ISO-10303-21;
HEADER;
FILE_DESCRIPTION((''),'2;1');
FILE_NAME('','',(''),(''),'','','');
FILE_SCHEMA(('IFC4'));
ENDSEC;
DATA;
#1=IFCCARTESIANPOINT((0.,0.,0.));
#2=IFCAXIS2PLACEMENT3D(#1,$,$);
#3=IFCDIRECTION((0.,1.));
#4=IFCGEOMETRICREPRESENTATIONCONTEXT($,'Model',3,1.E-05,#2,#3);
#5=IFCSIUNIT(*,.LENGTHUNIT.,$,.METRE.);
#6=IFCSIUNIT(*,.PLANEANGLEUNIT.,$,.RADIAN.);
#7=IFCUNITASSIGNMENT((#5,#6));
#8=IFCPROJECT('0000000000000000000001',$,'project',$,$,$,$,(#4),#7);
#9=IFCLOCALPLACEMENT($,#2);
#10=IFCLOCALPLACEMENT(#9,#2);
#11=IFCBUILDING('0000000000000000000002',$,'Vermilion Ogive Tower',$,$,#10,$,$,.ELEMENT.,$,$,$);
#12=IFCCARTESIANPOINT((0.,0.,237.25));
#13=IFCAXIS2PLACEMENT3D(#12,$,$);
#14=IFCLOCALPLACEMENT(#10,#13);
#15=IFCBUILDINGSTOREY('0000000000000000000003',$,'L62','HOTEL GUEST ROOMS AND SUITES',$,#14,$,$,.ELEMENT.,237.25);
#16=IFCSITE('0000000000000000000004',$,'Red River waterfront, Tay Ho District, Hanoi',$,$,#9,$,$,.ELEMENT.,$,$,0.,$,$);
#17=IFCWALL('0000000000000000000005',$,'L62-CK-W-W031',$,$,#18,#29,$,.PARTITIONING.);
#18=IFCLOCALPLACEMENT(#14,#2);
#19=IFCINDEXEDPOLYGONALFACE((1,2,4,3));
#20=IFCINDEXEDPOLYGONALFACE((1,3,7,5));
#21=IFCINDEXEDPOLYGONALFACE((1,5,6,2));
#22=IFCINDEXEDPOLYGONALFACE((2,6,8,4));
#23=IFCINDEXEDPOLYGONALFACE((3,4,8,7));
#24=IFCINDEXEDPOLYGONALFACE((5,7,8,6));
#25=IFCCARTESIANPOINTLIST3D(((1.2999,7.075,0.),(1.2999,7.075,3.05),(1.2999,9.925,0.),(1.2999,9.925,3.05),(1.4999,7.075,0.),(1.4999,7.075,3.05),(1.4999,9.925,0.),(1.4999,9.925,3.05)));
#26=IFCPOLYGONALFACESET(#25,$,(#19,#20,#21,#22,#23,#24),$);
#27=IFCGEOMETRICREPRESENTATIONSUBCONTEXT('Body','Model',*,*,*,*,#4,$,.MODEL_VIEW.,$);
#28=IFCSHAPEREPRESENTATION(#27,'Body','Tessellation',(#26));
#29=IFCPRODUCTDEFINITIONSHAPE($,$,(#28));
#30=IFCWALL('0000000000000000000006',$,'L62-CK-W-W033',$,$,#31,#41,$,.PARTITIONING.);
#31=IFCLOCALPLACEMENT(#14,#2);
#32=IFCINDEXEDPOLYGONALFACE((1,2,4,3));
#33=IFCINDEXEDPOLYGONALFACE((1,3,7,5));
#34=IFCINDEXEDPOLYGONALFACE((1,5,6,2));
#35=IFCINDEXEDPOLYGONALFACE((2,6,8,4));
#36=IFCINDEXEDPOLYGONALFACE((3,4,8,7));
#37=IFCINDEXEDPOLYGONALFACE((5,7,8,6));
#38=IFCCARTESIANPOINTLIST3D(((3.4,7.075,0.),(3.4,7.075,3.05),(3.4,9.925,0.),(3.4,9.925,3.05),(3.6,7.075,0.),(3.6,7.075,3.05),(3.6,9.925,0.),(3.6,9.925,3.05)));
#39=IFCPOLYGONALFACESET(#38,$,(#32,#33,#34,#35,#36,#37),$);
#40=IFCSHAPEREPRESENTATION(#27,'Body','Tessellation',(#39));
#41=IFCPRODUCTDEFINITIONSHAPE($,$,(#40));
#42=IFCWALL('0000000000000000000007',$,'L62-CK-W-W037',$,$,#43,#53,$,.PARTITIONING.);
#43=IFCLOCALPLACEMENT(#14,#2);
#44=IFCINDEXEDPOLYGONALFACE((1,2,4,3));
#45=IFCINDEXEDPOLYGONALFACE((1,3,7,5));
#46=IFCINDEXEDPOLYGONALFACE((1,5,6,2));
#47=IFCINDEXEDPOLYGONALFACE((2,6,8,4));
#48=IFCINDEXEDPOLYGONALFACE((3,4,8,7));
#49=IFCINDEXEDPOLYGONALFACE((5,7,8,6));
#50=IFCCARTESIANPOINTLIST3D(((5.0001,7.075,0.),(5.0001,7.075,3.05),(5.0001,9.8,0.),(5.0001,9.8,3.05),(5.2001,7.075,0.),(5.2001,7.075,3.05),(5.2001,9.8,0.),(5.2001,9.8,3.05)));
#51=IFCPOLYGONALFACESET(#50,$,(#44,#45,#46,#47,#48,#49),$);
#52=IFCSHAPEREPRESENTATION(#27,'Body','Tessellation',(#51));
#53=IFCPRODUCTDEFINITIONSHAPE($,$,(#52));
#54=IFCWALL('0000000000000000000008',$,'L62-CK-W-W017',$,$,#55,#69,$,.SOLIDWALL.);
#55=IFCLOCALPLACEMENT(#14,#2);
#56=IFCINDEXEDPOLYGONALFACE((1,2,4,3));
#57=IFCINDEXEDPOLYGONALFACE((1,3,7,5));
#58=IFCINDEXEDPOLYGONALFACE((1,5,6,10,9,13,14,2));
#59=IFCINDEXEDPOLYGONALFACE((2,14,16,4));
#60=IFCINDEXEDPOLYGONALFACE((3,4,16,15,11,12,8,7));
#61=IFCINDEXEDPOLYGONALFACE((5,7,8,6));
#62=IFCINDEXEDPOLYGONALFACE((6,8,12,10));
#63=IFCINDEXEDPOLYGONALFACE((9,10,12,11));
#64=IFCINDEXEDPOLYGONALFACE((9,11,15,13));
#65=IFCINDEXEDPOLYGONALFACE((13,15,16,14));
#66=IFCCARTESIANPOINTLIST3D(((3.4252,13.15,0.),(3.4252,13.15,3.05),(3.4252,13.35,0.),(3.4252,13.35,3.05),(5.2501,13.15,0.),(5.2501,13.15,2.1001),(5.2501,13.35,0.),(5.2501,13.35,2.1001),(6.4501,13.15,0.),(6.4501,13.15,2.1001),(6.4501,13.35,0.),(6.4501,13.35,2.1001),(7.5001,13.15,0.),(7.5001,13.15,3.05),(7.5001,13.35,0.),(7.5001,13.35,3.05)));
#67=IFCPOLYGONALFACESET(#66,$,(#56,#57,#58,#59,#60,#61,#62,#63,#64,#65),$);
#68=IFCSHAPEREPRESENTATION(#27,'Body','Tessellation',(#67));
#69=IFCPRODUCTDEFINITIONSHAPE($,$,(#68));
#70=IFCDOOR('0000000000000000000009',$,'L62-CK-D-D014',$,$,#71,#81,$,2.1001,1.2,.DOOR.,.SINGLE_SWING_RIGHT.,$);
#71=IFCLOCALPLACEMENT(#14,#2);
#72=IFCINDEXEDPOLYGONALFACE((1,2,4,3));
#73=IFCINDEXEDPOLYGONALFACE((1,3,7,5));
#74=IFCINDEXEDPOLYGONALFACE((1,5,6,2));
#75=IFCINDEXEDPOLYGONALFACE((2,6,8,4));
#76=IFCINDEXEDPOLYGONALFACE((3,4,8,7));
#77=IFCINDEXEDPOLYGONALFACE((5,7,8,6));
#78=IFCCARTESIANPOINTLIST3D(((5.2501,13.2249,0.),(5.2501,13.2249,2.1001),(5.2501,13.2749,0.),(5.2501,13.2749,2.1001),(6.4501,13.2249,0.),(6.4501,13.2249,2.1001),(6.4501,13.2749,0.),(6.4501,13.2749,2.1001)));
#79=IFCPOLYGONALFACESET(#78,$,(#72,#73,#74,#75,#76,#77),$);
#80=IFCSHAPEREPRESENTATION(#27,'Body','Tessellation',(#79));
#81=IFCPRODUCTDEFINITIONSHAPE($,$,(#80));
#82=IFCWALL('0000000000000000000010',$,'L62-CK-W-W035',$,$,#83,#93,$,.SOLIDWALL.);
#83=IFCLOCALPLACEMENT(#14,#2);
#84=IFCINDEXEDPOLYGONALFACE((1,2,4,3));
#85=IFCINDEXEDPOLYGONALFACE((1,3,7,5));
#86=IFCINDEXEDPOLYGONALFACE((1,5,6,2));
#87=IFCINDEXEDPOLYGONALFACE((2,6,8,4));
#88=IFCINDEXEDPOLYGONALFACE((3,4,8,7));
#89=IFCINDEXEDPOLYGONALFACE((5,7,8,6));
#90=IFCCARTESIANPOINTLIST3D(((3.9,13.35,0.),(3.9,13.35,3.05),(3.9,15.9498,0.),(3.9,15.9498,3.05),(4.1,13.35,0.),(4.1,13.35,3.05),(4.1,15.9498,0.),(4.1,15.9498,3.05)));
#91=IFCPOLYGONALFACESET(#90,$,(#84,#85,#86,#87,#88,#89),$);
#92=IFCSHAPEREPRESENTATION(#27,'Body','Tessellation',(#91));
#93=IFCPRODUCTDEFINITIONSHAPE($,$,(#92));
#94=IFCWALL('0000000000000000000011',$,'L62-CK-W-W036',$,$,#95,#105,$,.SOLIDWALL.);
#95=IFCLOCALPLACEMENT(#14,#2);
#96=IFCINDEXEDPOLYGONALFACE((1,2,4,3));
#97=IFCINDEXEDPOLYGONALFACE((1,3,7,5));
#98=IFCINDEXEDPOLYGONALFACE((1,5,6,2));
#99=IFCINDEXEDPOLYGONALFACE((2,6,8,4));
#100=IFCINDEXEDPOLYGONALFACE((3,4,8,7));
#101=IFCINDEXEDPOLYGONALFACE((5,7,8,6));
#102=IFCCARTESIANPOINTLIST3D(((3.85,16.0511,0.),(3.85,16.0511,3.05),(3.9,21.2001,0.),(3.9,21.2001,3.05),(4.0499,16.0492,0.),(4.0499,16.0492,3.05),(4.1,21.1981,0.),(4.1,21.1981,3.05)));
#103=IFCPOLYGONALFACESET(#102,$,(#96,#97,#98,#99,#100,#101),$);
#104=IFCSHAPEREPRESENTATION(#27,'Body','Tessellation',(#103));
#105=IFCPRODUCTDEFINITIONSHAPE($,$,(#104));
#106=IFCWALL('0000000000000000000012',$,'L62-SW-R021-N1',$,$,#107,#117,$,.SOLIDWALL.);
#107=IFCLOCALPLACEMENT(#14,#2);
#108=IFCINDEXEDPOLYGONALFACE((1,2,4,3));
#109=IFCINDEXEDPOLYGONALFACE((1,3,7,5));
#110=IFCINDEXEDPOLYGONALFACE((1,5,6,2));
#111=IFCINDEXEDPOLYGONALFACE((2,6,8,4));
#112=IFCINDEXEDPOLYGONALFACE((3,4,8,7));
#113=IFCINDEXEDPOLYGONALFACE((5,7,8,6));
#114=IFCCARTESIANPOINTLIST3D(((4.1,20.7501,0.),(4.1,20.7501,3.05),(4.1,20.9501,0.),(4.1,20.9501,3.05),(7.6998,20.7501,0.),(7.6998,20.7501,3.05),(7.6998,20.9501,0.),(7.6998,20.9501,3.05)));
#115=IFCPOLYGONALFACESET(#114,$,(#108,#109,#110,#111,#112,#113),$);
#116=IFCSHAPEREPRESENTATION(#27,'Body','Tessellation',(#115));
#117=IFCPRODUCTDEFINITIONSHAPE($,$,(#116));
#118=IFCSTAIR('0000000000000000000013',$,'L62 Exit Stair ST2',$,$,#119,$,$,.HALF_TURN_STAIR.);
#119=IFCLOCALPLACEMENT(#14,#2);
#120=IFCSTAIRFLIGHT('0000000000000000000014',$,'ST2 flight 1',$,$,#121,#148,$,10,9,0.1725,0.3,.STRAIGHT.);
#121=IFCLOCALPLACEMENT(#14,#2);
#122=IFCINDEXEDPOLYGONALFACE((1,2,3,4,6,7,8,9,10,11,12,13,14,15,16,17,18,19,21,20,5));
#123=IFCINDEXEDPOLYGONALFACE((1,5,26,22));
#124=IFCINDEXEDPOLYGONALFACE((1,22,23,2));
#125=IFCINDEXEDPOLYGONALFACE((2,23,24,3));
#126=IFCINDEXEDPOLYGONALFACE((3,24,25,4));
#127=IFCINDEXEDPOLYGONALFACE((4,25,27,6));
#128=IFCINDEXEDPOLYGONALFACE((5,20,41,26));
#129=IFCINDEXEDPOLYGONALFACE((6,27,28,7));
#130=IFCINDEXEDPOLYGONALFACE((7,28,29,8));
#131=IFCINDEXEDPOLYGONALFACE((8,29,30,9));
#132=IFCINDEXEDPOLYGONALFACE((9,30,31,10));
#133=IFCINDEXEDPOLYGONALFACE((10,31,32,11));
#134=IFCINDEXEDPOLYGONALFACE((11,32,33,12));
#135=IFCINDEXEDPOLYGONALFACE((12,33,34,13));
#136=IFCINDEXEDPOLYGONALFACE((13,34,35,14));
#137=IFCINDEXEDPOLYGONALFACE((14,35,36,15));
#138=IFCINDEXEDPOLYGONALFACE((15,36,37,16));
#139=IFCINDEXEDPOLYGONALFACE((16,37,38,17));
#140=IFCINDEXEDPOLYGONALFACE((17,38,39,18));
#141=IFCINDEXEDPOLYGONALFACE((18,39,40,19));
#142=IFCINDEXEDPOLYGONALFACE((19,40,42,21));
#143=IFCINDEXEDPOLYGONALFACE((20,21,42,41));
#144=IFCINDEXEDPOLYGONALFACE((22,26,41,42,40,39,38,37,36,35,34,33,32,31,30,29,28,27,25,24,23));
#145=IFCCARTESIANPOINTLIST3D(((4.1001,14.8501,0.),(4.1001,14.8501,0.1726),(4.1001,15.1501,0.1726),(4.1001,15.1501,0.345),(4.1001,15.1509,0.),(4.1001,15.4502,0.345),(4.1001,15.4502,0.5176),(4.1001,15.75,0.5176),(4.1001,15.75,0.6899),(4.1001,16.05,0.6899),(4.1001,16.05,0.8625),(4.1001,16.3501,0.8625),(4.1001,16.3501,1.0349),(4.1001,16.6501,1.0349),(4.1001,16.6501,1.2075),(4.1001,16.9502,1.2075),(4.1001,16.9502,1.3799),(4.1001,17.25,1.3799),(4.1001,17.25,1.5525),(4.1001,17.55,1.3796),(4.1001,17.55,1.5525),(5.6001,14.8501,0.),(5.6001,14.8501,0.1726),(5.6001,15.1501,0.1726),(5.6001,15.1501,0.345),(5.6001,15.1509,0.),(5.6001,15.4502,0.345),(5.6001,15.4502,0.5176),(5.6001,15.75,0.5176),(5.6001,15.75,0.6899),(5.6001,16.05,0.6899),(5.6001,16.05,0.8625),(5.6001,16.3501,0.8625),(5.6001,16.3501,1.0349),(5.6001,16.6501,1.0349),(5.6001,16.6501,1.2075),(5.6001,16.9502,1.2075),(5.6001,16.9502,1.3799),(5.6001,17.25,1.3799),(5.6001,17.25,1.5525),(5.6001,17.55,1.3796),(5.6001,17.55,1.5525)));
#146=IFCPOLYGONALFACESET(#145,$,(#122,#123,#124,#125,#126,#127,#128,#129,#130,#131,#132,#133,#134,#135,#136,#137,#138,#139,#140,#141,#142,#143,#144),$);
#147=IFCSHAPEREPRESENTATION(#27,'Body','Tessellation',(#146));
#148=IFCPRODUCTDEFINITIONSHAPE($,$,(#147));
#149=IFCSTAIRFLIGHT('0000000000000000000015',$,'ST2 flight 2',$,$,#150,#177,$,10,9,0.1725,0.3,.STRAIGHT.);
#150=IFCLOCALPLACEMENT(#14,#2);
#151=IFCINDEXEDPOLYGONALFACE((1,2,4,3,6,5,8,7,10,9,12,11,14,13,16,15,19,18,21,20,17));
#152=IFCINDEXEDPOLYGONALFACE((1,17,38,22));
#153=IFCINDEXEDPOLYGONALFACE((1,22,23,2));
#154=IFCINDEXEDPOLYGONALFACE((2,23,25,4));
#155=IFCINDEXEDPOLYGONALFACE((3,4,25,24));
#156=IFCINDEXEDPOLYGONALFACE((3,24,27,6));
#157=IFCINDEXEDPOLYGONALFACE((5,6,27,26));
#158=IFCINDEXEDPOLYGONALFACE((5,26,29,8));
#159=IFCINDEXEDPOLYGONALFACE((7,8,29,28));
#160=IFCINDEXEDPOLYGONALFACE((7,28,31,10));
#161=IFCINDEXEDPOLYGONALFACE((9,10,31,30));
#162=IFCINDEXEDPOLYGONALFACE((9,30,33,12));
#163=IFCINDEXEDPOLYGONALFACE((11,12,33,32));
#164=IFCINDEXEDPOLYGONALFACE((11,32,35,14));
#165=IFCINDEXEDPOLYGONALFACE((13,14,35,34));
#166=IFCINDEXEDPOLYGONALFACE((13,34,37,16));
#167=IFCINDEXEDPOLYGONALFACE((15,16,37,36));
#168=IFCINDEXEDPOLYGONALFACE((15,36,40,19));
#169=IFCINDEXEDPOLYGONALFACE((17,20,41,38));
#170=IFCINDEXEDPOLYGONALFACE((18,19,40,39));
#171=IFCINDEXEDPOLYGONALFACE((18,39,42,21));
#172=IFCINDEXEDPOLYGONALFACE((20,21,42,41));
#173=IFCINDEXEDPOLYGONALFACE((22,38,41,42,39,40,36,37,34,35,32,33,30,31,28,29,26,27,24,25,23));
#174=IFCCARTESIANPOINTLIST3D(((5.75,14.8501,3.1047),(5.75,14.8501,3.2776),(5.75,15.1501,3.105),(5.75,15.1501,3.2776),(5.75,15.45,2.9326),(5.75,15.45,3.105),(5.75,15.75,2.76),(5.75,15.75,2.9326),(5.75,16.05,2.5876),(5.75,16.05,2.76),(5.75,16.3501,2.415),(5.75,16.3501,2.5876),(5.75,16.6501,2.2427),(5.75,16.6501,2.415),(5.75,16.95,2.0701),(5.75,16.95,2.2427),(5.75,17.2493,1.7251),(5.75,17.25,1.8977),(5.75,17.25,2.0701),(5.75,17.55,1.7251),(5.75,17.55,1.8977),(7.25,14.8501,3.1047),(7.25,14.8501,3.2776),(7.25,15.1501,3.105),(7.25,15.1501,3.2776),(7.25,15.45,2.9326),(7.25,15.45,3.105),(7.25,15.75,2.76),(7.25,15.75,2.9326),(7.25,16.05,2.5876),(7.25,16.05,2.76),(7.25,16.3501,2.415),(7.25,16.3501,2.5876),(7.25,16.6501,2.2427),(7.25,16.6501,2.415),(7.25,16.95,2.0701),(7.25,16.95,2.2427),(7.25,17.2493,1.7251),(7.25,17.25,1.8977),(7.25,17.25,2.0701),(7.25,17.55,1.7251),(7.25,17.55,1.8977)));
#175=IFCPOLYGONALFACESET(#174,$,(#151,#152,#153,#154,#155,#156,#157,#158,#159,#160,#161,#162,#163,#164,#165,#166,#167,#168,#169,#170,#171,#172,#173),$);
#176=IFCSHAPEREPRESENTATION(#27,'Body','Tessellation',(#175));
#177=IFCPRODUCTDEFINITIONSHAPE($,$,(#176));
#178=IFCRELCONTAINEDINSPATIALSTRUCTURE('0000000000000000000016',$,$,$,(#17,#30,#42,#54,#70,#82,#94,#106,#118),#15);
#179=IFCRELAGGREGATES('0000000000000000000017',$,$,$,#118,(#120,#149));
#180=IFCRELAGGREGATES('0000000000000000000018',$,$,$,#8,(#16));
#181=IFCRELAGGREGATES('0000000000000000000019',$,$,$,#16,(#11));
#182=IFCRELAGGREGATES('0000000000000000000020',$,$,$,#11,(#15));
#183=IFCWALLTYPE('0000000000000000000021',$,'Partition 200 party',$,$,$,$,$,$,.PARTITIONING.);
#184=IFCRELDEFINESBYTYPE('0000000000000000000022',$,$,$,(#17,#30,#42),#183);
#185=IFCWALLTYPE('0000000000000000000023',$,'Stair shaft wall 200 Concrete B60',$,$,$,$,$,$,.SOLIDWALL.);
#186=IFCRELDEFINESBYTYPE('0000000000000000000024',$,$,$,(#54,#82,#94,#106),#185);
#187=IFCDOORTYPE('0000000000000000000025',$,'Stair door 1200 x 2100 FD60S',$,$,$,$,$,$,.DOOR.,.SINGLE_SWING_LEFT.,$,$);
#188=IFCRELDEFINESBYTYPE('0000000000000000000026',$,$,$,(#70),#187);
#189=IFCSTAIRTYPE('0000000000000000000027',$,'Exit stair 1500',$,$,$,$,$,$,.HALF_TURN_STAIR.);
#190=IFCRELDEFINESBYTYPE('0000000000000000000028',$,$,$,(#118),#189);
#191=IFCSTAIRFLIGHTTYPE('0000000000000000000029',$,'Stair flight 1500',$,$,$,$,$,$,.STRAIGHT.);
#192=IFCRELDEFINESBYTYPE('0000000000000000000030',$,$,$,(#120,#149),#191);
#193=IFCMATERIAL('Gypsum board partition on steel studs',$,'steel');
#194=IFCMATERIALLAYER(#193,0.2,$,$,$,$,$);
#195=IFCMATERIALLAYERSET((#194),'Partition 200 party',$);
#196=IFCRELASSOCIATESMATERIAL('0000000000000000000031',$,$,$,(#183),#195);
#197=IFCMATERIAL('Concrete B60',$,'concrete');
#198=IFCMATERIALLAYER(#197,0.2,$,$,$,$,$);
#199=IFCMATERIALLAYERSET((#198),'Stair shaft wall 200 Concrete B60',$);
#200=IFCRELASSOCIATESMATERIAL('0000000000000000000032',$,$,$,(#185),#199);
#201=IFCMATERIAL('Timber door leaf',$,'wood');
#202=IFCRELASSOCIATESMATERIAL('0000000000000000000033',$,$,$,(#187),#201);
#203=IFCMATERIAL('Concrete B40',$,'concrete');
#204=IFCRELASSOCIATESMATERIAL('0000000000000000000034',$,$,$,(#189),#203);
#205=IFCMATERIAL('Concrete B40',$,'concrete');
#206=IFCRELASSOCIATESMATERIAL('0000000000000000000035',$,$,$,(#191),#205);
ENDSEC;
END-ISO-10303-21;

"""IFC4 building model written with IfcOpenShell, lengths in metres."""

from ifc_helpers import new_model, si_unit, direction, frame, frame_2d, origin, place, context, subcontext, project, spatial, polyline, rectangle, outline, extrude, material, layer, layer_set, type_object, element, fill, aggregate, save


model = new_model("IFC4")

# Units and contexts
model_context = context("Model", 3, precision=1e-05, world=origin(), true_north=direction((0.0, 1.0)))
body_context = subcontext(model_context, "Body", "Model", "MODEL_VIEW")
ifc_project = project(units=[si_unit("LENGTHUNIT", "METRE"), si_unit("PLANEANGLEUNIT", "RADIAN")], contexts=[model_context])

# Site, building, storey
site_placement = place(None, origin())
site = spatial("IfcSite", under=ifc_project, at=site_placement, Name="Red River waterfront, Tay Ho District, Hanoi", CompositionType="ELEMENT", RefElevation=0.0)
building_placement = place(site_placement, origin())
building = spatial("IfcBuilding", under=site, at=building_placement, Name="Vermilion Ogive Tower", CompositionType="ELEMENT")
storey_placement = place(building_placement, frame((0.0, 0.0, 237.25)))
storey = spatial("IfcBuildingStorey", under=building, at=storey_placement, Name="L62", Description="HOTEL GUEST ROOMS AND SUITES", CompositionType="ELEMENT", Elevation=237.25)

# Shared definitions
ifc_material_1 = material(Name="Gypsum board partition on steel studs", Category="steel")
ifc_layer_1 = layer(ifc_material_1, 0.2)
ifc_layer_set_1 = layer_set([ifc_layer_1], Name="Partition 200 party")
wall_type_1 = type_object("IfcWallType", Name="Partition 200 party", PredefinedType="PARTITIONING", material=ifc_layer_set_1)

# Walls
for number, where, z_axis, x_axis, name in (
    (1, (1.3999, 7.075, 0.0), (0.0, 0.0, 1.0), (0.0, 1.0, 0.0), "L62-CK-W-W031"),
    (2, (3.5, 7.075, 0.0), (0.0, 0.0, 1.0), (0.0, 1.0, 0.0), "L62-CK-W-W033"),
):
    element("IfcWall", number, at=place(storey_placement, frame(where, z_axis=z_axis, x_axis=x_axis)), inside=storey, type_object=wall_type_1, Name=name, PredefinedType="PARTITIONING", context=body_context, shape_type="SweptSolid", body=[
        extrude(rectangle(XDim=2.8501, YDim=0.2, at=frame_2d((1.425, 0.0))), origin(), (0.0, 0.0, 1.0), 3.05),
    ])
wall_1_placement = place(storey_placement, frame((5.1001, 7.075, 0.0), z_axis=(0.0, 0.0, 1.0), x_axis=(0.0, 1.0, 0.0)))
element("IfcWall", 3, at=wall_1_placement, inside=storey, type_object=wall_type_1, Name="L62-CK-W-W037", PredefinedType="PARTITIONING", context=body_context, shape_type="SweptSolid", body=[
    extrude(rectangle(XDim=2.7251, YDim=0.2, at=frame_2d((1.3625, 0.0))), origin(), (0.0, 0.0, 1.0), 3.05),
])

# Wall, opening, door
ifc_material_2 = material(Name="Concrete B60", Category="concrete")
ifc_layer_2 = layer(ifc_material_2, 0.2)
ifc_layer_set_2 = layer_set([ifc_layer_2], Name="Stair shaft wall 200 Concrete B60")
wall_type_2 = type_object("IfcWallType", Name="Stair shaft wall 200 Concrete B60", PredefinedType="SOLIDWALL", material=ifc_layer_set_2)
wall_2_placement = place(storey_placement, frame((3.425, 13.25, 0.0), z_axis=(0.0, 0.0, 1.0), x_axis=(1.0, 0.0, 0.0)))
wall_2 = element("IfcWall", 4, at=wall_2_placement, inside=storey, type_object=wall_type_2, Name="L62-CK-W-W017", PredefinedType="SOLIDWALL", context=body_context, shape_type="SweptSolid", body=[
    extrude(rectangle(XDim=4.075, YDim=0.2, at=frame_2d((2.0376, 0.0))), origin(), (0.0, 0.0, 1.0), 3.05),
])
opening_1_placement = place(wall_2_placement, frame((1.825, 0.0, 0.0)))
opening_1 = element("IfcOpeningElement", 5, at=opening_1_placement, cuts=wall_2, PredefinedType="OPENING", context=body_context, shape_type="SweptSolid", body=[
    extrude(rectangle(XDim=1.2, YDim=2.1001, at=frame_2d((0.6001, 1.05))), frame((0.0, 0.1099, 0.0), z_axis=(0.0, -1.0, 0.0), x_axis=(1.0, 0.0, 0.0)), (0.0, 0.0, 1.0), 0.22),
])
ifc_material_3 = material(Name="Timber door leaf", Category="wood")
door_type_1 = type_object("IfcDoorType", Name="Stair door 1200 x 2100 FD60S", OperationType="SINGLE_SWING_LEFT", PredefinedType="DOOR", material=ifc_material_3)
door_1_placement = place(opening_1_placement, origin())
door_1 = element("IfcDoor", 6, at=door_1_placement, inside=storey, type_object=door_type_1, Name="L62-CK-D-D014", OperationType="SINGLE_SWING_RIGHT", OverallHeight=2.1001, OverallWidth=1.2, PredefinedType="DOOR", context=body_context, shape_type="SweptSolid", body=[
    extrude(rectangle(XDim=1.2, YDim=2.1001, at=frame_2d((0.6001, 1.05))), frame((0.0, 0.0249, 0.0), z_axis=(0.0, -1.0, 0.0), x_axis=(1.0, 0.0, 0.0)), (0.0, 0.0, 1.0), 0.05),
])
fill(opening_1, door_1)

# Walls
wall_3_placement = place(storey_placement, frame((4.0, 13.3501, 0.0), z_axis=(0.0, 0.0, 1.0), x_axis=(0.0, 1.0, 0.0)))
element("IfcWall", 7, at=wall_3_placement, inside=storey, type_object=wall_type_2, Name="L62-CK-W-W035", PredefinedType="SOLIDWALL", context=body_context, shape_type="SweptSolid", body=[
    extrude(rectangle(XDim=2.5999, YDim=0.2, at=frame_2d((1.2998, 0.0))), origin(), (0.0, 0.0, 1.0), 3.05),
])
wall_4_placement = place(storey_placement, frame((3.95, 16.05, 0.0), z_axis=(0.0, 0.0, 1.0), x_axis=(0.00972, 0.999953, 0.0)))
element("IfcWall", 8, at=wall_4_placement, inside=storey, type_object=wall_type_2, Name="L62-CK-W-W036", PredefinedType="SOLIDWALL", context=body_context, shape_type="SweptSolid", body=[
    extrude(rectangle(XDim=5.1492, YDim=0.2, at=frame_2d((2.5747, 0.0))), origin(), (0.0, 0.0, 1.0), 3.05),
])
wall_5_placement = place(storey_placement, frame((4.1001, 20.8501, 0.0), z_axis=(0.0, 0.0, 1.0), x_axis=(1.0, 0.0, 0.0)))
element("IfcWall", 9, at=wall_5_placement, inside=storey, type_object=wall_type_2, Name="L62-SW-R021-N1", PredefinedType="SOLIDWALL", context=body_context, shape_type="SweptSolid", body=[
    extrude(rectangle(XDim=3.5999, YDim=0.2, at=frame_2d((1.7998, 0.0))), origin(), (0.0, 0.0, 1.0), 3.05),
])

# Stair, stair flights
ifc_material_4 = material(Name="Concrete B40", Category="concrete")
stair_type = type_object("IfcStairType", Name="Exit stair 1500", PredefinedType="HALF_TURN_STAIR", material=ifc_material_4)
stair_placement = place(storey_placement, origin())
stair = element("IfcStair", 10, at=stair_placement, inside=storey, type_object=stair_type, Name="L62 Exit Stair ST2", PredefinedType="HALF_TURN_STAIR")
ifc_material_5 = material(Name="Concrete B40", Category="concrete")
stair_flight_type = type_object("IfcStairFlightType", Name="Stair flight 1500", PredefinedType="STRAIGHT", material=ifc_material_5)
stair_flight_1_placement = place(storey_placement, frame((4.8501, 14.8501, 0.0), z_axis=(0.0, 0.0, 1.0), x_axis=(0.0, 1.0, 0.0)))
stair_flight_1 = element("IfcStairFlight", 11, at=stair_flight_1_placement, type_object=stair_flight_type, Name="ST2 flight 1", NumberOfRisers=10, NumberOfTreads=9, PredefinedType="STRAIGHT", RiserHeight=0.1725, TreadLength=0.3, context=body_context, shape_type="SweptSolid", body=[
    extrude(outline(polyline([(0.0, 0.0), (0.0, 0.1726), (0.3, 0.1726), (0.3, 0.345), (0.6001, 0.345), (0.6001, 0.5176), (0.8999, 0.5176), (0.8999, 0.6899), (1.2, 0.6899), (1.2, 0.8625), (1.5, 0.8625), (1.5, 1.0349), (1.8, 1.0349), (1.8, 1.2075), (2.1001, 1.2075), (2.1001, 1.3799), (2.3999, 1.3799), (2.3999, 1.5525), (2.7, 1.5525), (2.7, 1.7251), (2.7, 1.3796), (0.3008, 0.0), (0.0, 0.0)])), frame((0.0, 0.75, 0.0), z_axis=(0.0, -1.0, 0.0), x_axis=(1.0, 0.0, 0.0)), (0.0, 0.0, 1.0), 1.5),
])
stair_flight_2_placement = place(storey_placement, frame((6.5, 17.55, 1.7251), z_axis=(0.0, 0.0, 1.0), x_axis=(0.0, -1.0, 0.0)))
stair_flight_2 = element("IfcStairFlight", 12, at=stair_flight_2_placement, type_object=stair_flight_type, Name="ST2 flight 2", NumberOfRisers=10, NumberOfTreads=9, PredefinedType="STRAIGHT", RiserHeight=0.1725, TreadLength=0.3, context=body_context, shape_type="SweptSolid", body=[
    extrude(outline(polyline([(0.0, 0.0), (0.0, 0.1726), (0.3, 0.1726), (0.3, 0.345), (0.6001, 0.345), (0.6001, 0.5176), (0.8999, 0.5176), (0.8999, 0.6899), (1.2, 0.6899), (1.2, 0.8625), (1.5, 0.8625), (1.5, 1.0349), (1.8, 1.0349), (1.8, 1.2075), (2.1001, 1.2075), (2.1001, 1.3799), (2.3999, 1.3799), (2.3999, 1.5525), (2.7, 1.5525), (2.7, 1.7251), (2.7, 1.3796), (0.3008, 0.0), (0.0, 0.0)])), frame((0.0, 0.75, 0.0), z_axis=(0.0, -1.0, 0.0), x_axis=(1.0, 0.0, 0.0)), (0.0, 0.0, 1.0), 1.5),
])
aggregate(stair, [stair_flight_1, stair_flight_2])

save(model, "model.ifc")
